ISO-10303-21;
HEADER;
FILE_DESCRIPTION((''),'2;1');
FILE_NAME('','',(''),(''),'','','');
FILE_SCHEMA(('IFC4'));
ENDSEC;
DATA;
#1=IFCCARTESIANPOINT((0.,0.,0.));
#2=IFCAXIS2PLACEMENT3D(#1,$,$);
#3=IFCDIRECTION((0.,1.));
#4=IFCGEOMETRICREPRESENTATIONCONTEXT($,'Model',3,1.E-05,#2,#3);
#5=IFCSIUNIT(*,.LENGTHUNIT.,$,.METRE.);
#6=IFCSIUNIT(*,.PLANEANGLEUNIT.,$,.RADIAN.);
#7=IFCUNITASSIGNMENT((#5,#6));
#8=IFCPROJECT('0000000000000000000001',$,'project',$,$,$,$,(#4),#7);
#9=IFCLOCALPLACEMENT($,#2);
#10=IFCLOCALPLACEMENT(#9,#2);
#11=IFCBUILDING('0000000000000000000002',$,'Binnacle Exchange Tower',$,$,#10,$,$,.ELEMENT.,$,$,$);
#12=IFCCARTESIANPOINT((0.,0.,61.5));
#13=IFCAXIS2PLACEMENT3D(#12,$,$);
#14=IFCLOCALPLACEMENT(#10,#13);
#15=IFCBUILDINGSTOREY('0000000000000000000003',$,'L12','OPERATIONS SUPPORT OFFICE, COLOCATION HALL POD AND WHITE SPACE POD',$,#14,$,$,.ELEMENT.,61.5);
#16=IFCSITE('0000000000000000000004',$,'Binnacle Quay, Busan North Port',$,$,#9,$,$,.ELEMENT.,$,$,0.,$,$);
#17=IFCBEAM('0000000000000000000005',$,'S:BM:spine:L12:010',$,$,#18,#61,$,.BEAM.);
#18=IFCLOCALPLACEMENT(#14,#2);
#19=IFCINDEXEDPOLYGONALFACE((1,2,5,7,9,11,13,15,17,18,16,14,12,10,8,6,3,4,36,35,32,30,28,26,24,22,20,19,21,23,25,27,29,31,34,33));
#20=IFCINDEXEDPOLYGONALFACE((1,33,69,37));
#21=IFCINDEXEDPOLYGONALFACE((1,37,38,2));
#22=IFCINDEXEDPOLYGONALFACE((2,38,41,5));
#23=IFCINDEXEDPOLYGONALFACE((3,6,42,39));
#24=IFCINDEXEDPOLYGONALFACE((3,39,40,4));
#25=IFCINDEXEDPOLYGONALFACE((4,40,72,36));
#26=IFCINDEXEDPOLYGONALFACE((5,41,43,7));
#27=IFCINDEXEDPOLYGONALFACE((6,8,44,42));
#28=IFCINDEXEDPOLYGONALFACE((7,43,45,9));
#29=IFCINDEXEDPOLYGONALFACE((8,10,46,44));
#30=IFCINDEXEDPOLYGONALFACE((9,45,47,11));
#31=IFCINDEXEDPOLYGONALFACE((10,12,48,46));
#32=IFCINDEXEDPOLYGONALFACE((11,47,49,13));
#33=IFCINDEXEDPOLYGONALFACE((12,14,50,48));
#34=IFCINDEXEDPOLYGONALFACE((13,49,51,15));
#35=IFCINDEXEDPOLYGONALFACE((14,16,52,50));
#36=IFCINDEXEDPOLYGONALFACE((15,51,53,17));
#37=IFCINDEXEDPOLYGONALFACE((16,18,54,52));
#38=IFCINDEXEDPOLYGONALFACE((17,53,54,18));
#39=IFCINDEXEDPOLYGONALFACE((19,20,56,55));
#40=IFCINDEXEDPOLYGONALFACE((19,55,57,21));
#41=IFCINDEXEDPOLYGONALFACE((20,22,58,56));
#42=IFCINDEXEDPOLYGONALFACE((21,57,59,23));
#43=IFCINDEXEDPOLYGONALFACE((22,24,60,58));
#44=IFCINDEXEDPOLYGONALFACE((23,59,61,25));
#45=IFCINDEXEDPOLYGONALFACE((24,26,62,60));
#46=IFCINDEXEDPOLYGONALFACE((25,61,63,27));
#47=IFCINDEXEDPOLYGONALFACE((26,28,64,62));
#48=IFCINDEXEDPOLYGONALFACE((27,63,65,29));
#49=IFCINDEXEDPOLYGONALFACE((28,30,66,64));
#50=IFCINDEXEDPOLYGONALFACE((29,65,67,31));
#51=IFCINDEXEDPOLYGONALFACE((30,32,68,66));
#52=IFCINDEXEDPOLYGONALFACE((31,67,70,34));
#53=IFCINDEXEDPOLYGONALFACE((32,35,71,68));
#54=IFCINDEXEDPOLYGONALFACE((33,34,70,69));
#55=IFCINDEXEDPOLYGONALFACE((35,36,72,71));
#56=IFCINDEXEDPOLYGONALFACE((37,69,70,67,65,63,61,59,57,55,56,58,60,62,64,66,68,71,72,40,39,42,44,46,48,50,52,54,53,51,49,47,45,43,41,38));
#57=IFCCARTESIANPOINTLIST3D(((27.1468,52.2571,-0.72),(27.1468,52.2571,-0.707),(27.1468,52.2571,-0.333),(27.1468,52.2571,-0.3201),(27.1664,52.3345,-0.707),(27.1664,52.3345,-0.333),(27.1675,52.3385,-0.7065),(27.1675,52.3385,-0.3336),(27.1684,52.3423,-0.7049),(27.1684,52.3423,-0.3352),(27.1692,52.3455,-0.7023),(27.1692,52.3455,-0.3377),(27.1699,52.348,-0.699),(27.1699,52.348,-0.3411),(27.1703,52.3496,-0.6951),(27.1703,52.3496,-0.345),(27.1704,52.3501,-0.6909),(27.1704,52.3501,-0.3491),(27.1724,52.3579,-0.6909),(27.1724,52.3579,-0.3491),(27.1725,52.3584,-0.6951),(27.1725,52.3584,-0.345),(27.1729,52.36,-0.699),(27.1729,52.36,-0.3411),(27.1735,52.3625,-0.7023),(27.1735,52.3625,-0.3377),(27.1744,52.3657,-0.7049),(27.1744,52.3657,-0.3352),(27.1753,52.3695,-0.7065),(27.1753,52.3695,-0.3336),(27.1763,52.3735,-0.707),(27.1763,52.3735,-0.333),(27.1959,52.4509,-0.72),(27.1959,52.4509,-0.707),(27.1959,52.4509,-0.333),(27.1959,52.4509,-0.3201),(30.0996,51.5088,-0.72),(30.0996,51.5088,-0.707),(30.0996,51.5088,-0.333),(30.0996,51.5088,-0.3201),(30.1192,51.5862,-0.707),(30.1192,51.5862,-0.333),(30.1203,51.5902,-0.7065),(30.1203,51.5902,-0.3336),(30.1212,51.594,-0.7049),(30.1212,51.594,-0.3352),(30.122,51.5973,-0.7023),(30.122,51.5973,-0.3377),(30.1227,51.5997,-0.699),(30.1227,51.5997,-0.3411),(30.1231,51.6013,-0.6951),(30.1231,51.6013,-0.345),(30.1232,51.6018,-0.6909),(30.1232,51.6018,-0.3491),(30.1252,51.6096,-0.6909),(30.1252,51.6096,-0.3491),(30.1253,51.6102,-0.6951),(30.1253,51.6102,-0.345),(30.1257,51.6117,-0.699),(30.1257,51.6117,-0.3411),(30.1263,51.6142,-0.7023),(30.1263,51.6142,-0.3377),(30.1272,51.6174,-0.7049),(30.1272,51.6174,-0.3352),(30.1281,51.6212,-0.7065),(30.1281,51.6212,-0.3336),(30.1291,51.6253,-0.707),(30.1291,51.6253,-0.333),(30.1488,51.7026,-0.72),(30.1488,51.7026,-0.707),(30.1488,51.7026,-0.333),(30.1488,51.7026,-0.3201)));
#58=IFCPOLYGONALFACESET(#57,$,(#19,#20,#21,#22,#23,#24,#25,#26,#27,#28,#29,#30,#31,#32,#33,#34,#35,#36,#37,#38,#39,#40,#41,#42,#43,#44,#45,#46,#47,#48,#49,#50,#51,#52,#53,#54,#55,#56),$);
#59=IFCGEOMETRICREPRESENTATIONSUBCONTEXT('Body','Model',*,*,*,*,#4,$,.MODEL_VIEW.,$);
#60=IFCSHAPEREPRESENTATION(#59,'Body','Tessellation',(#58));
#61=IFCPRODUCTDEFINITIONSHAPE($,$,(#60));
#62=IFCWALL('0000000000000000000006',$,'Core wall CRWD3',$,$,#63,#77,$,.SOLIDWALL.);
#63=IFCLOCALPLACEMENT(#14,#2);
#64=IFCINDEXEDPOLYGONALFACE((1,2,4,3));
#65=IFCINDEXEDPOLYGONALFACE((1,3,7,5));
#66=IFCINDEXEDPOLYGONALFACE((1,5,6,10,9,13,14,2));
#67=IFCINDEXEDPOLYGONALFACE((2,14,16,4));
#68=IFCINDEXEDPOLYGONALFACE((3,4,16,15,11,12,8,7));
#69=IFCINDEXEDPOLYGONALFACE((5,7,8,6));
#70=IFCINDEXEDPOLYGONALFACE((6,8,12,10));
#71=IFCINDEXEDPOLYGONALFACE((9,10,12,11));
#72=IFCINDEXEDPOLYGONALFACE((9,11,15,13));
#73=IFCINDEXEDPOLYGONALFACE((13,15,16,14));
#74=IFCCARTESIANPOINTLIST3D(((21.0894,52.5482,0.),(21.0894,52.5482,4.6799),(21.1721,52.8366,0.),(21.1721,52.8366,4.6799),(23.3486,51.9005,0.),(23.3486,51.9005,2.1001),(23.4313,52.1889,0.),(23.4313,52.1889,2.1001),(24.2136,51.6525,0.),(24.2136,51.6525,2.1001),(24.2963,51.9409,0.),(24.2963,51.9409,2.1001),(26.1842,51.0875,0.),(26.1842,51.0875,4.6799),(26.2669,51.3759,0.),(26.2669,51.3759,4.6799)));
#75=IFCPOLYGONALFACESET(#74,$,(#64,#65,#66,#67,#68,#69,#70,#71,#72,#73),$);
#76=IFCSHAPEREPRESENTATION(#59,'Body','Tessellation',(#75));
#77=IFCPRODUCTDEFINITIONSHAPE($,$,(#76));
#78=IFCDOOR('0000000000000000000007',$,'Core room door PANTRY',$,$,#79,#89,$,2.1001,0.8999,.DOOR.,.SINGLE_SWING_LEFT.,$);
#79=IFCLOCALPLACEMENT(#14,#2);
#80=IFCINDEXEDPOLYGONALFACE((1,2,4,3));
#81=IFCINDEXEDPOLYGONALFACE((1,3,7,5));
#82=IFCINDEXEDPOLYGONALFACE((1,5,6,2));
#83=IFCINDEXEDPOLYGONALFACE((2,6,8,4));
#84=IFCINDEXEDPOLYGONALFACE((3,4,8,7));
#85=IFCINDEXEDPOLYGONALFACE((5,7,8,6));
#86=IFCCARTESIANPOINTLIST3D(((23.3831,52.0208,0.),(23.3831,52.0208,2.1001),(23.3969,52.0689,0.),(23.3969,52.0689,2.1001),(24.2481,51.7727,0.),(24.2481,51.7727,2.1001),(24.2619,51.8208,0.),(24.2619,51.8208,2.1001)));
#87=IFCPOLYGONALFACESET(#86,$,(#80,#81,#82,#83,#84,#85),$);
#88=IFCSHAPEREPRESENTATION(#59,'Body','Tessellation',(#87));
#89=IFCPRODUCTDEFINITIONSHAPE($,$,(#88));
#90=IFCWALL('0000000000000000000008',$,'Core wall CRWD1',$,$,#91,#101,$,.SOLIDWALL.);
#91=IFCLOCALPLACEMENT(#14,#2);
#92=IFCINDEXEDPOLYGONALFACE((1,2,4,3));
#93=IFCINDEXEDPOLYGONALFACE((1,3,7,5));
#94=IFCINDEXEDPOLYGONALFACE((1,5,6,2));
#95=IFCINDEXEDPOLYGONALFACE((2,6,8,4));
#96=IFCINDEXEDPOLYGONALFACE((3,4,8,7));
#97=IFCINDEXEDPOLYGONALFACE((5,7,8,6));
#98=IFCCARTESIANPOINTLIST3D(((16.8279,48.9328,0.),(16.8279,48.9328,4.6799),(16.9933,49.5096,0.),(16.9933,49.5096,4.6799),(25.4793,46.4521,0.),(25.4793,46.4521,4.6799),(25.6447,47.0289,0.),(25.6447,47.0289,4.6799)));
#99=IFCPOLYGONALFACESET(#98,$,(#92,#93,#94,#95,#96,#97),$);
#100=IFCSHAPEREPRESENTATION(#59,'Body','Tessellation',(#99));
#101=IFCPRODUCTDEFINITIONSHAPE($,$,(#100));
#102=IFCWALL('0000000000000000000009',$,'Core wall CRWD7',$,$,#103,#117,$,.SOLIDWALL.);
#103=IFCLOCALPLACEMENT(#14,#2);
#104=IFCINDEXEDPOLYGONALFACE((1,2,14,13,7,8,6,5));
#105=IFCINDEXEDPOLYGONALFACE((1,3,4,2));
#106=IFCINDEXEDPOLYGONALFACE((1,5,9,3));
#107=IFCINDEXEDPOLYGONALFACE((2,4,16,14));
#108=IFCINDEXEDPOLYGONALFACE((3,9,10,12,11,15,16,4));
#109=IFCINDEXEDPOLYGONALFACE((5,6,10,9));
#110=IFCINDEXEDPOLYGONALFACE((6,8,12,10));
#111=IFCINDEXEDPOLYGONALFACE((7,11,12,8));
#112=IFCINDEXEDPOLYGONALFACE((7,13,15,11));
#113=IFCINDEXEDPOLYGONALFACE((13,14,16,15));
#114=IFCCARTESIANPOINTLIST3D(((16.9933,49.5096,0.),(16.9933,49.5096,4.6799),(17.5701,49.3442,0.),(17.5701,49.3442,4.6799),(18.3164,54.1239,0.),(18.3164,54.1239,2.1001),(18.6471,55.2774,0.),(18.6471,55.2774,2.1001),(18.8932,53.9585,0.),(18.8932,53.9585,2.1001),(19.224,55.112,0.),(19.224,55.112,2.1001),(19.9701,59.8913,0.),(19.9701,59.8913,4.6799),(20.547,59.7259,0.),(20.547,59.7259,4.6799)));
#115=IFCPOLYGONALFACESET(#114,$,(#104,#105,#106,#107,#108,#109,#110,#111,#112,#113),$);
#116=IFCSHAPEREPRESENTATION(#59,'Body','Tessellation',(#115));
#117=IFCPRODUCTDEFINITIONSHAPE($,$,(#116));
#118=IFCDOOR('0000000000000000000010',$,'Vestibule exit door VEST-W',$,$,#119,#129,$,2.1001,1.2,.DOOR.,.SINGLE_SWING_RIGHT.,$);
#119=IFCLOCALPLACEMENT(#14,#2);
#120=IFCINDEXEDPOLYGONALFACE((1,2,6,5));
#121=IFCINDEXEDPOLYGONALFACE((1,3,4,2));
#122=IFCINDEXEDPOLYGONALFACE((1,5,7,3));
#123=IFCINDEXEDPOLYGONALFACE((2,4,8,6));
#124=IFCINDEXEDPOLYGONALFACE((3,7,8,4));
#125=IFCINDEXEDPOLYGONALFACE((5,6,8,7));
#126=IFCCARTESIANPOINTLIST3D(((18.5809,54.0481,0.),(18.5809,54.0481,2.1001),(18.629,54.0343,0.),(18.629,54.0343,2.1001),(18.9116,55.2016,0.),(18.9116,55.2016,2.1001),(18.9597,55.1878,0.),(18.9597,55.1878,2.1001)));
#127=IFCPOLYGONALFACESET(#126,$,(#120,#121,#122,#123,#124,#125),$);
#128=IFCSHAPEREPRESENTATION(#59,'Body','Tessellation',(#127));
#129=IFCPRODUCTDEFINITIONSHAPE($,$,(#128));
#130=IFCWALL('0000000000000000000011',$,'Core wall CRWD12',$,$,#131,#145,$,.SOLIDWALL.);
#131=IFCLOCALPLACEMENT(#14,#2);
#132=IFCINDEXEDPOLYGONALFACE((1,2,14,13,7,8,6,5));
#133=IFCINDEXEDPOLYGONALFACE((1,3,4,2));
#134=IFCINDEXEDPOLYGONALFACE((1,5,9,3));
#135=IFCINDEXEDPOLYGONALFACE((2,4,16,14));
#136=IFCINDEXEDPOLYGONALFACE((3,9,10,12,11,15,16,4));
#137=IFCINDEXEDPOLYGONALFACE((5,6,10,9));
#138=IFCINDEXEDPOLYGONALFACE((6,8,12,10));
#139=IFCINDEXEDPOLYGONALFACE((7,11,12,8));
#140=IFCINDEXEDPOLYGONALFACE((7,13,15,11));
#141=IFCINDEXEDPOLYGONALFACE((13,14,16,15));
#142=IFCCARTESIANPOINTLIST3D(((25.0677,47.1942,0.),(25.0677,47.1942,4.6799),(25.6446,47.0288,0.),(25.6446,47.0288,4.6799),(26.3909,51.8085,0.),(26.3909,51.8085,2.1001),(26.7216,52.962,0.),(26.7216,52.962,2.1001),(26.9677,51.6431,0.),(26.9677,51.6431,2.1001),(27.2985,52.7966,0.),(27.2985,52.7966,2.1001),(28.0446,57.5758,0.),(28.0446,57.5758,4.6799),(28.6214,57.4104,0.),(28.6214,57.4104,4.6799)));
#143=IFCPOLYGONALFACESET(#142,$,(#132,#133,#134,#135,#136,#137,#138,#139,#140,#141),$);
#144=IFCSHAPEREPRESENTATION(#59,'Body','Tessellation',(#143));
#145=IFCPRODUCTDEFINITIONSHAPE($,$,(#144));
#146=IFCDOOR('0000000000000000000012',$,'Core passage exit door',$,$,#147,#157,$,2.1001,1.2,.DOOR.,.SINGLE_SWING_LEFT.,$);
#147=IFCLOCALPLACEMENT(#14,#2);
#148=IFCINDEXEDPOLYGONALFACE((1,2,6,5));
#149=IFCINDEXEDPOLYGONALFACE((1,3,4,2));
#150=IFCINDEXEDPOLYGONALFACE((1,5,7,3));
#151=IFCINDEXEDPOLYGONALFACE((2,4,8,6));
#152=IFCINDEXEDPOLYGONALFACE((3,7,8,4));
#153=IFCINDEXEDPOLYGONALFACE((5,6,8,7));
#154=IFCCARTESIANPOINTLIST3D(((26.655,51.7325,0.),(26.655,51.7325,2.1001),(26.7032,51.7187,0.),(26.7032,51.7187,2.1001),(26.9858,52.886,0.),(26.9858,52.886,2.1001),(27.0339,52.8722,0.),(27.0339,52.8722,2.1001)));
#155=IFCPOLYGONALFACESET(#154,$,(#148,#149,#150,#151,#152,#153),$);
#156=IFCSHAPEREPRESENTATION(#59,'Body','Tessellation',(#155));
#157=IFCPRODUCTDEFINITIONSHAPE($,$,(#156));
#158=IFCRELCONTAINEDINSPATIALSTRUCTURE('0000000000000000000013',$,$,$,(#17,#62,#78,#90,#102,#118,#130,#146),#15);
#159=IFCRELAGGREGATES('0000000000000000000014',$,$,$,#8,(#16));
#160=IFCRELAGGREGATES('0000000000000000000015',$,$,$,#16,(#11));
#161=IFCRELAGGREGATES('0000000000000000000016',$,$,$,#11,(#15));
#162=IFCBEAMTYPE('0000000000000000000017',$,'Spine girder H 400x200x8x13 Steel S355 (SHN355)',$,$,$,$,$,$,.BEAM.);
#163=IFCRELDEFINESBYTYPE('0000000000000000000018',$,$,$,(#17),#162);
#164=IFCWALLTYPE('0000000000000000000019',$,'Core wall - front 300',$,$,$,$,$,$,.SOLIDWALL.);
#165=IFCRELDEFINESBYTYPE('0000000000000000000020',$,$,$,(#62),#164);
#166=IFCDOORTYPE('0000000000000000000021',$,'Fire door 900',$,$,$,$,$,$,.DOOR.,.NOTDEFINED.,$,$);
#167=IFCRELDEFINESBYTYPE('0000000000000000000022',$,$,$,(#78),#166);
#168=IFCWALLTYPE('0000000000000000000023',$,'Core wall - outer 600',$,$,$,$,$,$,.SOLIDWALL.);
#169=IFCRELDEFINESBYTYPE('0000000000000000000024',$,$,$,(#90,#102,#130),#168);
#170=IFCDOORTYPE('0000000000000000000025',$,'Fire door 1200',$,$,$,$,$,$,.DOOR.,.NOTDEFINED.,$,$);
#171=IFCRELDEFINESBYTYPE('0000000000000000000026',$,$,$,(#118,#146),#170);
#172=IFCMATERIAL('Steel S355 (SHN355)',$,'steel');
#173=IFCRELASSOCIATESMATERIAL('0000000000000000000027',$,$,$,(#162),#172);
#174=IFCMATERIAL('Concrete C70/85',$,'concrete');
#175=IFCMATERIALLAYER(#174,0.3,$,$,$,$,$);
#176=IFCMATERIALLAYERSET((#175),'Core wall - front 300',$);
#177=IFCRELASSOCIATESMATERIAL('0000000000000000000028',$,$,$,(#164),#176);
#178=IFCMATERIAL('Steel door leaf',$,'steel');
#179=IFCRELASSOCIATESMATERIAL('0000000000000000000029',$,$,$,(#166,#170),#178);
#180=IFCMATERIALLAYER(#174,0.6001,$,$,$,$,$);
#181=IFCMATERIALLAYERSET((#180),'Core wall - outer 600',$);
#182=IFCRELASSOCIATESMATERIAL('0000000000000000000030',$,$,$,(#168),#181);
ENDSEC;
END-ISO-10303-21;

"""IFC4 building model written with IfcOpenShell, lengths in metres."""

from ifc_helpers import new_model, si_unit, direction, frame, frame_2d, origin, origin_2d, place, context, subcontext, project, spatial, rectangle, i_section, extrude, material, layer, layer_set, material_profile, profile_set, type_object, element, fill, save


model = new_model("IFC4")

# Units and contexts
model_context = context("Model", 3, precision=1e-05, world=origin(), true_north=direction((0.0, 1.0)))
body_context = subcontext(model_context, "Body", "Model", "MODEL_VIEW")
ifc_project = project(units=[si_unit("LENGTHUNIT", "METRE"), si_unit("PLANEANGLEUNIT", "RADIAN")], contexts=[model_context])

# Site, building, storey
site_placement = place(None, origin())
site = spatial("IfcSite", under=ifc_project, at=site_placement, Name="Binnacle Quay, Busan North Port", CompositionType="ELEMENT", RefElevation=0.0)
building_placement = place(site_placement, origin())
building = spatial("IfcBuilding", under=site, at=building_placement, Name="Binnacle Exchange Tower", CompositionType="ELEMENT")
storey_placement = place(building_placement, frame((0.0, 0.0, 61.5)))
storey = spatial("IfcBuildingStorey", under=building, at=storey_placement, Name="L12", Description="OPERATIONS SUPPORT OFFICE, COLOCATION HALL POD AND WHITE SPACE POD", CompositionType="ELEMENT", Elevation=61.5)

# Shared definitions
ifc_material_1 = material(Name="Concrete C70/85", Category="concrete")

# Beam
ifc_material_2 = material(Name="Steel S355 (SHN355)", Category="steel")
ifc_material_profile_1 = material_profile(ifc_material_2, i_section(OverallWidth=0.2, OverallDepth=0.3999, WebThickness=0.0081, FlangeThickness=0.0129, FilletRadius=0.0161, at=origin_2d()), Name="H 400x200x8x13")
ifc_profile_set_1 = profile_set([ifc_material_profile_1], Name="Steel S355 (SHN355)")
beam_type_1 = type_object("IfcBeamType", Name="Spine girder H 400x200x8x13 Steel S355 (SHN355)", PredefinedType="BEAM", material=ifc_profile_set_1)
beam_1_placement = place(storey_placement, frame((27.1714, 52.354, -0.52), z_axis=(0.96936, -0.245646, 0.0), x_axis=(0.245646, 0.96936, 0.0)))
element("IfcBeam", 1, at=beam_1_placement, inside=storey, type_object=beam_type_1, Name="S:BM:spine:L12:010", PredefinedType="BEAM", context=body_context, shape_type="SweptSolid", body=[
    extrude(i_section(OverallWidth=0.2, OverallDepth=0.3999, WebThickness=0.0081, FlangeThickness=0.0129, FilletRadius=0.0161, at=origin_2d()), origin(), (0.0, 0.0, 1.0), 3.0461),
])

# Wall, opening, door
ifc_layer_1 = layer(ifc_material_1, 0.3)
ifc_layer_set_1 = layer_set([ifc_layer_1], Name="Core wall - front 300")
wall_type_1 = type_object("IfcWallType", Name="Core wall - front 300", PredefinedType="SOLIDWALL", material=ifc_layer_set_1)
wall_1_placement = place(storey_placement, frame((21.1309, 52.6924, 0.0), z_axis=(0.0, 0.0, 1.0), x_axis=(0.961271, -0.275603, 0.0)))
wall_1 = element("IfcWall", 2, at=wall_1_placement, inside=storey, type_object=wall_type_1, Name="Core wall CRWD3", PredefinedType="SOLIDWALL", context=body_context, shape_type="SweptSolid", body=[
    extrude(rectangle(XDim=5.3, YDim=0.3, at=frame_2d((2.6499, 0.0))), origin(), (0.0, 0.0, 1.0), 4.6799),
])
opening_1_placement = place(wall_1_placement, frame((2.3501, 0.0, 0.0)))
opening_1 = element("IfcOpeningElement", 3, at=opening_1_placement, cuts=wall_1, PredefinedType="OPENING", context=body_context, shape_type="SweptSolid", body=[
    extrude(rectangle(XDim=0.8999, YDim=2.1001, at=frame_2d((0.45, 1.05))), frame((0.0, 0.1599, 0.0), z_axis=(0.0, -1.0, 0.0), x_axis=(1.0, 0.0, 0.0)), (0.0, 0.0, 1.0), 0.3201),
])
ifc_material_3 = material(Name="Steel door leaf", Category="steel")
door_type_1 = type_object("IfcDoorType", Name="Fire door 900", OperationType="NOTDEFINED", PredefinedType="DOOR", material=ifc_material_3)
door_1_placement = place(opening_1_placement, frame((0.8999, 0.0, 0.0), z_axis=(0.0, 0.0, 1.0), x_axis=(-1.0, 0.0, 0.0)))
door_1 = element("IfcDoor", 4, at=door_1_placement, inside=storey, type_object=door_type_1, Name="Core room door PANTRY", OperationType="SINGLE_SWING_LEFT", OverallHeight=2.1001, OverallWidth=0.8999, PredefinedType="DOOR", context=body_context, shape_type="SweptSolid", body=[
    extrude(rectangle(XDim=0.8999, YDim=2.1001, at=frame_2d((0.45, 1.05))), frame((0.0, 0.0249, 0.0), z_axis=(0.0, -1.0, 0.0), x_axis=(1.0, 0.0, 0.0)), (0.0, 0.0, 1.0), 0.05),
])
fill(opening_1, door_1)

# Wall
ifc_layer_2 = layer(ifc_material_1, 0.6001)
ifc_layer_set_2 = layer_set([ifc_layer_2], Name="Core wall - outer 600")
wall_type_2 = type_object("IfcWallType", Name="Core wall - outer 600", PredefinedType="SOLIDWALL", material=ifc_layer_set_2)
wall_2_placement = place(storey_placement, frame((16.9106, 49.2212, 0.0), z_axis=(0.0, 0.0, 1.0), x_axis=(0.961262, -0.275635, 0.0)))
element("IfcWall", 5, at=wall_2_placement, inside=storey, type_object=wall_type_2, Name="Core wall CRWD1", PredefinedType="SOLIDWALL", context=body_context, shape_type="SweptSolid", body=[
    extrude(rectangle(XDim=9.0, YDim=0.6001, at=frame_2d((4.5, 0.0))), origin(), (0.0, 0.0, 1.0), 4.6799),
])

# Walls, openings, doors
wall_3_placement = place(storey_placement, frame((17.2817, 49.427, 0.0), z_axis=(0.0, 0.0, 1.0), x_axis=(0.275632, 0.961263, 0.0)))
wall_3 = element("IfcWall", 6, at=wall_3_placement, inside=storey, type_object=wall_type_2, Name="Core wall CRWD7", PredefinedType="SOLIDWALL", context=body_context, shape_type="SweptSolid", body=[
    extrude(rectangle(XDim=10.8, YDim=0.6001, at=frame_2d((5.3999, 0.0))), origin(), (0.0, 0.0, 1.0), 4.6799),
])
opening_2_placement = place(wall_3_placement, frame((4.8, 0.0, 0.0)))
opening_2 = element("IfcOpeningElement", 7, at=opening_2_placement, cuts=wall_3, PredefinedType="OPENING", context=body_context, shape_type="SweptSolid", body=[
    extrude(rectangle(XDim=1.2, YDim=2.1001, at=frame_2d((0.6001, 1.05))), frame((0.0, 0.3101, 0.0), z_axis=(0.0, -1.0, 0.0), x_axis=(1.0, 0.0, 0.0)), (0.0, 0.0, 1.0), 0.6201),
])
door_type_2 = type_object("IfcDoorType", Name="Fire door 1200", OperationType="NOTDEFINED", PredefinedType="DOOR", material=ifc_material_3)
door_2_placement = place(opening_2_placement, origin())
door_2 = element("IfcDoor", 8, at=door_2_placement, inside=storey, type_object=door_type_2, Name="Vestibule exit door VEST-W", OperationType="SINGLE_SWING_RIGHT", OverallHeight=2.1001, OverallWidth=1.2, PredefinedType="DOOR", context=body_context, shape_type="SweptSolid", body=[
    extrude(rectangle(XDim=1.2, YDim=2.1001, at=frame_2d((0.6001, 1.05))), frame((0.0, 0.0249, 0.0), z_axis=(0.0, -1.0, 0.0), x_axis=(1.0, 0.0, 0.0)), (0.0, 0.0, 1.0), 0.05),
])
fill(opening_2, door_2)
wall_4_placement = place(storey_placement, frame((25.3562, 47.1116, 0.0), z_axis=(0.0, 0.0, 1.0), x_axis=(0.275632, 0.961263, 0.0)))
wall_4 = element("IfcWall", 9, at=wall_4_placement, inside=storey, type_object=wall_type_2, Name="Core wall CRWD12", PredefinedType="SOLIDWALL", context=body_context, shape_type="SweptSolid", body=[
    extrude(rectangle(XDim=10.8, YDim=0.6001, at=frame_2d((5.3999, 0.0))), origin(), (0.0, 0.0, 1.0), 4.6799),
])
opening_3_placement = place(wall_4_placement, frame((4.8, 0.0, 0.0)))
opening_3 = element("IfcOpeningElement", 10, at=opening_3_placement, cuts=wall_4, PredefinedType="OPENING", context=body_context, shape_type="SweptSolid", body=[
    extrude(rectangle(XDim=1.2, YDim=2.1001, at=frame_2d((0.6001, 1.05))), frame((0.0, 0.3101, 0.0), z_axis=(0.0, -1.0, 0.0), x_axis=(1.0, 0.0, 0.0)), (0.0, 0.0, 1.0), 0.6201),
])
door_3_placement = place(opening_3_placement, frame((1.2, 0.0, 0.0), z_axis=(0.0, 0.0, 1.0), x_axis=(-1.0, 0.0, 0.0)))
door_3 = element("IfcDoor", 11, at=door_3_placement, inside=storey, type_object=door_type_2, Name="Core passage exit door", OperationType="SINGLE_SWING_LEFT", OverallHeight=2.1001, OverallWidth=1.2, PredefinedType="DOOR", context=body_context, shape_type="SweptSolid", body=[
    extrude(rectangle(XDim=1.2, YDim=2.1001, at=frame_2d((0.6001, 1.05))), frame((0.0, 0.0249, 0.0), z_axis=(0.0, -1.0, 0.0), x_axis=(1.0, 0.0, 0.0)), (0.0, 0.0, 1.0), 0.05),
])
fill(opening_3, door_3)

save(model, "model.ifc")
